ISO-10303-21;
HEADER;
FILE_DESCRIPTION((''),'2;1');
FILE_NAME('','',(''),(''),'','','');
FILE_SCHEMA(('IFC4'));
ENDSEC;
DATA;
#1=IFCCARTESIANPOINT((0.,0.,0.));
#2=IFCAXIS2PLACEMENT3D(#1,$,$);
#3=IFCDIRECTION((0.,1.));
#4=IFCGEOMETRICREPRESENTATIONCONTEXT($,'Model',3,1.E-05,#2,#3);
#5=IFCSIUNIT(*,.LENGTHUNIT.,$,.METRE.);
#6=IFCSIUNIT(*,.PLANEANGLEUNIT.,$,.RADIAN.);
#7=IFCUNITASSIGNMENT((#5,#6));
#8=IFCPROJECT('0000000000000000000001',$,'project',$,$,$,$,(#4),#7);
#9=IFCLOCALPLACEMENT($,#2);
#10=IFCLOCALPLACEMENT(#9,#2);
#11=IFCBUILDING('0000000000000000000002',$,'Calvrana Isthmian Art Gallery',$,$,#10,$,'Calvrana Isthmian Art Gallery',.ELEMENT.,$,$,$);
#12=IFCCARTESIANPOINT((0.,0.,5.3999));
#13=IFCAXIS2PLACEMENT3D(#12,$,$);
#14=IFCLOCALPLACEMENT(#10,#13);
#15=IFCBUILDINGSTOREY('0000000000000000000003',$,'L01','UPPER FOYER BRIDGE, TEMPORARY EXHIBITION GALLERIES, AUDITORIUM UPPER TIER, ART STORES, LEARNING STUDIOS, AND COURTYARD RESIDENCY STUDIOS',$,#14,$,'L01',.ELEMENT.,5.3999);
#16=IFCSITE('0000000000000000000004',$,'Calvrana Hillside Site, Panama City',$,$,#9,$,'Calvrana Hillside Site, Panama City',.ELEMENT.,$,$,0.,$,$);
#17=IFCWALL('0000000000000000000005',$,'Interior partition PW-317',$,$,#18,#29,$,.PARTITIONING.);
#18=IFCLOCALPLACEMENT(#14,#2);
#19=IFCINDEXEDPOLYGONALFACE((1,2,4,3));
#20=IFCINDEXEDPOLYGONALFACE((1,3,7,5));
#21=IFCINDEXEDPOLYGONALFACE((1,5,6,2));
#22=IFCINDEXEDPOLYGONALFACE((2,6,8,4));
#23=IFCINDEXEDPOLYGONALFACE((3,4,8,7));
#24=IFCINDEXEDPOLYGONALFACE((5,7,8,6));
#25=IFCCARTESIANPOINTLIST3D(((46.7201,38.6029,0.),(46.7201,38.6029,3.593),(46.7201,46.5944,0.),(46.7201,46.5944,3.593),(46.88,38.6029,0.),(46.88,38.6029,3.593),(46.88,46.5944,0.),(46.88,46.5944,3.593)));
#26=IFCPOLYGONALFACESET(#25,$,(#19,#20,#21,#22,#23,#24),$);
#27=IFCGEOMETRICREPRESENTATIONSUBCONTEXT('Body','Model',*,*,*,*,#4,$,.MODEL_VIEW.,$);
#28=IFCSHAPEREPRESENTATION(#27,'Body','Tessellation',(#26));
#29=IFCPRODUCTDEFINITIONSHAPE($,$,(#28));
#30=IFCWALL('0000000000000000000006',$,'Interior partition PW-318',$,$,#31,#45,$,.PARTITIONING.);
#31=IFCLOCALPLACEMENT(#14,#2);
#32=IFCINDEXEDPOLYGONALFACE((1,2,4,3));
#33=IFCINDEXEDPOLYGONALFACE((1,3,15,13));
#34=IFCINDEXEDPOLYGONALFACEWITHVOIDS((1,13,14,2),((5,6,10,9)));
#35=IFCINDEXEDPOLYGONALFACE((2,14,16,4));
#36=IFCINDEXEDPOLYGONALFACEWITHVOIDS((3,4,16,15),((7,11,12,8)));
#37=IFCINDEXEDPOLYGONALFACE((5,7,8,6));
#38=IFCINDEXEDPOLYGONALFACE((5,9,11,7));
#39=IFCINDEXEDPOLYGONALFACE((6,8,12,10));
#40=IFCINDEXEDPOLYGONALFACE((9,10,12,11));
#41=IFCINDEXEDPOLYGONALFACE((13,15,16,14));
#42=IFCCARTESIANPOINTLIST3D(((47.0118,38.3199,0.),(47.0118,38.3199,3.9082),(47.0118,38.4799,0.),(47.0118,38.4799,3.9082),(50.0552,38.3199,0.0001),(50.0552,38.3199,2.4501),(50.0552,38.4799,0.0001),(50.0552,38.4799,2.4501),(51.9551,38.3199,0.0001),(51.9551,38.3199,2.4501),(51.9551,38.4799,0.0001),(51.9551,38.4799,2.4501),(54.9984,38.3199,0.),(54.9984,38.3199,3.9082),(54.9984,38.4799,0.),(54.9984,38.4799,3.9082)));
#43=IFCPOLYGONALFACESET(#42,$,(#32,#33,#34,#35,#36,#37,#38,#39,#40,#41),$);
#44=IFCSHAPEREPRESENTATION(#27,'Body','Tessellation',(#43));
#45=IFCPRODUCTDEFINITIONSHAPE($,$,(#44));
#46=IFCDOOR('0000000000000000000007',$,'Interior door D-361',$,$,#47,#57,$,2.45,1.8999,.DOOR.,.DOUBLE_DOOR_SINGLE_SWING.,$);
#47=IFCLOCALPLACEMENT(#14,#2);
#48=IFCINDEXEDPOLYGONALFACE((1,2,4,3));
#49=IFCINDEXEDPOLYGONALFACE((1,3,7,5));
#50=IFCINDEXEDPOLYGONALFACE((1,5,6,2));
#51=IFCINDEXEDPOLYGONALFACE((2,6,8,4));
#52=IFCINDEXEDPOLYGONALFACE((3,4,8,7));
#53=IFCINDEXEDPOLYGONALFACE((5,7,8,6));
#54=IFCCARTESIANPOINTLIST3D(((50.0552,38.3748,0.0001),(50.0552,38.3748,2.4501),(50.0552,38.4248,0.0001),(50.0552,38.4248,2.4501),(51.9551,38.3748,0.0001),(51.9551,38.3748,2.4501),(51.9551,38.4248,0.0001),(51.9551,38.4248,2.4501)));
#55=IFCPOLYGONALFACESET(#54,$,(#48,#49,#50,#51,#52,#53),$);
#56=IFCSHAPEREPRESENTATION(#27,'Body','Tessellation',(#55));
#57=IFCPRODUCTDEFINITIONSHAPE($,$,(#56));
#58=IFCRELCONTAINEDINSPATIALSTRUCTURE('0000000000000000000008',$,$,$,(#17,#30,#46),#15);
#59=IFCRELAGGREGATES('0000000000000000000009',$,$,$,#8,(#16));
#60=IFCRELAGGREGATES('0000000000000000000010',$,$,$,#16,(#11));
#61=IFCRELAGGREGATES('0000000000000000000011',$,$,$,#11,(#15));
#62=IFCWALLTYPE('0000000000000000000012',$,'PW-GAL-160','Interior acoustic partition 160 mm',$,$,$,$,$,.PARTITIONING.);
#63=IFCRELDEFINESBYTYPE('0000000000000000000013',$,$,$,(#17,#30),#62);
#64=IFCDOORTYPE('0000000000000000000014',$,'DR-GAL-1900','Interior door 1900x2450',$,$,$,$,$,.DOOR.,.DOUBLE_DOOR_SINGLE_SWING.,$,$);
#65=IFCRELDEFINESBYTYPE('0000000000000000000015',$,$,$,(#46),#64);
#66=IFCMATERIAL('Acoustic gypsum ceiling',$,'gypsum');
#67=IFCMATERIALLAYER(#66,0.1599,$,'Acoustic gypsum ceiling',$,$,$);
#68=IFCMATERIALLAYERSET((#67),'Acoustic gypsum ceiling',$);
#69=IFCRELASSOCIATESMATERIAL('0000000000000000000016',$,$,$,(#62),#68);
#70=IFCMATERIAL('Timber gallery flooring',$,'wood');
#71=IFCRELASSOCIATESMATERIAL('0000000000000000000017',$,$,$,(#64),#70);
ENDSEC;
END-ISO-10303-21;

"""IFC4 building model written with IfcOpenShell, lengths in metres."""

from ifc_helpers import new_model, si_unit, direction, frame, frame_2d, origin, place, context, subcontext, project, spatial, rectangle, extrude, material, layer, layer_set, type_object, element, fill, save


model = new_model("IFC4")

# Units and contexts
model_context = context("Model", 3, precision=1e-05, world=origin(), true_north=direction((0.0, 1.0)))
body_context = subcontext(model_context, "Body", "Model", "MODEL_VIEW")
ifc_project = project(units=[si_unit("LENGTHUNIT", "METRE"), si_unit("PLANEANGLEUNIT", "RADIAN")], contexts=[model_context])

# Site, building, storey
site_placement = place(None, origin())
site = spatial("IfcSite", under=ifc_project, at=site_placement, Name="Calvrana Hillside Site, Panama City", LongName="Calvrana Hillside Site, Panama City", CompositionType="ELEMENT", RefElevation=0.0)
building_placement = place(site_placement, origin())
building = spatial("IfcBuilding", under=site, at=building_placement, Name="Calvrana Isthmian Art Gallery", LongName="Calvrana Isthmian Art Gallery", CompositionType="ELEMENT")
storey_placement = place(building_placement, frame((0.0, 0.0, 5.3999)))
storey = spatial("IfcBuildingStorey", under=building, at=storey_placement, Name="L01", Description="UPPER FOYER BRIDGE, TEMPORARY EXHIBITION GALLERIES, AUDITORIUM UPPER TIER, ART STORES, LEARNING STUDIOS, AND COURTYARD RESIDENCY STUDIOS", LongName="L01", CompositionType="ELEMENT", Elevation=5.3999)

# Shared definitions
ifc_material_1 = material(Name="Acoustic gypsum ceiling", Category="gypsum")
ifc_layer_1 = layer(ifc_material_1, 0.1599, Name="Acoustic gypsum ceiling")
ifc_layer_set_1 = layer_set([ifc_layer_1], Name="Acoustic gypsum ceiling")
wall_type = type_object("IfcWallType", Name="PW-GAL-160", Description="Interior acoustic partition 160 mm", PredefinedType="PARTITIONING", material=ifc_layer_set_1)

# Shared definitions
ifc_material_2 = material(Name="Timber gallery flooring", Category="wood")

# Wall
wall_1_placement = place(storey_placement, frame((46.8, 38.603, 0.0), z_axis=(0.0, 0.0, 1.0), x_axis=(0.0, 1.0, 0.0)))
element("IfcWall", 1, at=wall_1_placement, inside=storey, type_object=wall_type, Name="Interior partition PW-317", PredefinedType="PARTITIONING", context=body_context, shape_type="SweptSolid", body=[
    extrude(rectangle(XDim=7.9915, YDim=0.1599, at=frame_2d((3.9956, 0.0))), origin(), (0.0, 0.0, 1.0), 3.593),
])

# Wall, opening, door
wall_2_placement = place(storey_placement, frame((47.012, 38.3999, 0.0), z_axis=(0.0, 0.0, 1.0), x_axis=(1.0, 0.0, 0.0)))
wall_2 = element("IfcWall", 2, at=wall_2_placement, inside=storey, type_object=wall_type, Name="Interior partition PW-318", PredefinedType="PARTITIONING", context=body_context, shape_type="SweptSolid", body=[
    extrude(rectangle(XDim=7.9866, YDim=0.1599, at=frame_2d((3.9932, 0.0))), origin(), (0.0, 0.0, 1.0), 3.9082),
])
opening_1_placement = place(wall_2_placement, frame((3.0432, 0.0, 0.0)))
opening_1 = element("IfcOpeningElement", 3, at=opening_1_placement, cuts=wall_2, PredefinedType="OPENING", context=body_context, shape_type="SweptSolid", body=[
    extrude(rectangle(XDim=1.8999, YDim=2.45, at=frame_2d((0.95, 1.2251))), frame((0.0, 0.0903, 0.0), z_axis=(0.0, -1.0, 0.0), x_axis=(1.0, 0.0, 0.0)), (0.0, 0.0, 1.0), 0.1804),
])
door_type_1 = type_object("IfcDoorType", Name="DR-GAL-1900", Description="Interior door 1900x2450", OperationType="DOUBLE_DOOR_SINGLE_SWING", PredefinedType="DOOR", material=ifc_material_2)
door_1_placement = place(opening_1_placement, origin())
door_1 = element("IfcDoor", 4, at=door_1_placement, inside=storey, type_object=door_type_1, Name="Interior door D-361", OperationType="DOUBLE_DOOR_SINGLE_SWING", OverallHeight=2.45, OverallWidth=1.8999, PredefinedType="DOOR", context=body_context, shape_type="SweptSolid", body=[
    extrude(rectangle(XDim=1.8999, YDim=2.45, at=frame_2d((0.95, 1.2251))), frame((0.0, 0.0249, 0.0), z_axis=(0.0, -1.0, 0.0), x_axis=(1.0, 0.0, 0.0)), (0.0, 0.0, 1.0), 0.05),
])
fill(opening_1, door_1)

save(model, "model.ifc")
